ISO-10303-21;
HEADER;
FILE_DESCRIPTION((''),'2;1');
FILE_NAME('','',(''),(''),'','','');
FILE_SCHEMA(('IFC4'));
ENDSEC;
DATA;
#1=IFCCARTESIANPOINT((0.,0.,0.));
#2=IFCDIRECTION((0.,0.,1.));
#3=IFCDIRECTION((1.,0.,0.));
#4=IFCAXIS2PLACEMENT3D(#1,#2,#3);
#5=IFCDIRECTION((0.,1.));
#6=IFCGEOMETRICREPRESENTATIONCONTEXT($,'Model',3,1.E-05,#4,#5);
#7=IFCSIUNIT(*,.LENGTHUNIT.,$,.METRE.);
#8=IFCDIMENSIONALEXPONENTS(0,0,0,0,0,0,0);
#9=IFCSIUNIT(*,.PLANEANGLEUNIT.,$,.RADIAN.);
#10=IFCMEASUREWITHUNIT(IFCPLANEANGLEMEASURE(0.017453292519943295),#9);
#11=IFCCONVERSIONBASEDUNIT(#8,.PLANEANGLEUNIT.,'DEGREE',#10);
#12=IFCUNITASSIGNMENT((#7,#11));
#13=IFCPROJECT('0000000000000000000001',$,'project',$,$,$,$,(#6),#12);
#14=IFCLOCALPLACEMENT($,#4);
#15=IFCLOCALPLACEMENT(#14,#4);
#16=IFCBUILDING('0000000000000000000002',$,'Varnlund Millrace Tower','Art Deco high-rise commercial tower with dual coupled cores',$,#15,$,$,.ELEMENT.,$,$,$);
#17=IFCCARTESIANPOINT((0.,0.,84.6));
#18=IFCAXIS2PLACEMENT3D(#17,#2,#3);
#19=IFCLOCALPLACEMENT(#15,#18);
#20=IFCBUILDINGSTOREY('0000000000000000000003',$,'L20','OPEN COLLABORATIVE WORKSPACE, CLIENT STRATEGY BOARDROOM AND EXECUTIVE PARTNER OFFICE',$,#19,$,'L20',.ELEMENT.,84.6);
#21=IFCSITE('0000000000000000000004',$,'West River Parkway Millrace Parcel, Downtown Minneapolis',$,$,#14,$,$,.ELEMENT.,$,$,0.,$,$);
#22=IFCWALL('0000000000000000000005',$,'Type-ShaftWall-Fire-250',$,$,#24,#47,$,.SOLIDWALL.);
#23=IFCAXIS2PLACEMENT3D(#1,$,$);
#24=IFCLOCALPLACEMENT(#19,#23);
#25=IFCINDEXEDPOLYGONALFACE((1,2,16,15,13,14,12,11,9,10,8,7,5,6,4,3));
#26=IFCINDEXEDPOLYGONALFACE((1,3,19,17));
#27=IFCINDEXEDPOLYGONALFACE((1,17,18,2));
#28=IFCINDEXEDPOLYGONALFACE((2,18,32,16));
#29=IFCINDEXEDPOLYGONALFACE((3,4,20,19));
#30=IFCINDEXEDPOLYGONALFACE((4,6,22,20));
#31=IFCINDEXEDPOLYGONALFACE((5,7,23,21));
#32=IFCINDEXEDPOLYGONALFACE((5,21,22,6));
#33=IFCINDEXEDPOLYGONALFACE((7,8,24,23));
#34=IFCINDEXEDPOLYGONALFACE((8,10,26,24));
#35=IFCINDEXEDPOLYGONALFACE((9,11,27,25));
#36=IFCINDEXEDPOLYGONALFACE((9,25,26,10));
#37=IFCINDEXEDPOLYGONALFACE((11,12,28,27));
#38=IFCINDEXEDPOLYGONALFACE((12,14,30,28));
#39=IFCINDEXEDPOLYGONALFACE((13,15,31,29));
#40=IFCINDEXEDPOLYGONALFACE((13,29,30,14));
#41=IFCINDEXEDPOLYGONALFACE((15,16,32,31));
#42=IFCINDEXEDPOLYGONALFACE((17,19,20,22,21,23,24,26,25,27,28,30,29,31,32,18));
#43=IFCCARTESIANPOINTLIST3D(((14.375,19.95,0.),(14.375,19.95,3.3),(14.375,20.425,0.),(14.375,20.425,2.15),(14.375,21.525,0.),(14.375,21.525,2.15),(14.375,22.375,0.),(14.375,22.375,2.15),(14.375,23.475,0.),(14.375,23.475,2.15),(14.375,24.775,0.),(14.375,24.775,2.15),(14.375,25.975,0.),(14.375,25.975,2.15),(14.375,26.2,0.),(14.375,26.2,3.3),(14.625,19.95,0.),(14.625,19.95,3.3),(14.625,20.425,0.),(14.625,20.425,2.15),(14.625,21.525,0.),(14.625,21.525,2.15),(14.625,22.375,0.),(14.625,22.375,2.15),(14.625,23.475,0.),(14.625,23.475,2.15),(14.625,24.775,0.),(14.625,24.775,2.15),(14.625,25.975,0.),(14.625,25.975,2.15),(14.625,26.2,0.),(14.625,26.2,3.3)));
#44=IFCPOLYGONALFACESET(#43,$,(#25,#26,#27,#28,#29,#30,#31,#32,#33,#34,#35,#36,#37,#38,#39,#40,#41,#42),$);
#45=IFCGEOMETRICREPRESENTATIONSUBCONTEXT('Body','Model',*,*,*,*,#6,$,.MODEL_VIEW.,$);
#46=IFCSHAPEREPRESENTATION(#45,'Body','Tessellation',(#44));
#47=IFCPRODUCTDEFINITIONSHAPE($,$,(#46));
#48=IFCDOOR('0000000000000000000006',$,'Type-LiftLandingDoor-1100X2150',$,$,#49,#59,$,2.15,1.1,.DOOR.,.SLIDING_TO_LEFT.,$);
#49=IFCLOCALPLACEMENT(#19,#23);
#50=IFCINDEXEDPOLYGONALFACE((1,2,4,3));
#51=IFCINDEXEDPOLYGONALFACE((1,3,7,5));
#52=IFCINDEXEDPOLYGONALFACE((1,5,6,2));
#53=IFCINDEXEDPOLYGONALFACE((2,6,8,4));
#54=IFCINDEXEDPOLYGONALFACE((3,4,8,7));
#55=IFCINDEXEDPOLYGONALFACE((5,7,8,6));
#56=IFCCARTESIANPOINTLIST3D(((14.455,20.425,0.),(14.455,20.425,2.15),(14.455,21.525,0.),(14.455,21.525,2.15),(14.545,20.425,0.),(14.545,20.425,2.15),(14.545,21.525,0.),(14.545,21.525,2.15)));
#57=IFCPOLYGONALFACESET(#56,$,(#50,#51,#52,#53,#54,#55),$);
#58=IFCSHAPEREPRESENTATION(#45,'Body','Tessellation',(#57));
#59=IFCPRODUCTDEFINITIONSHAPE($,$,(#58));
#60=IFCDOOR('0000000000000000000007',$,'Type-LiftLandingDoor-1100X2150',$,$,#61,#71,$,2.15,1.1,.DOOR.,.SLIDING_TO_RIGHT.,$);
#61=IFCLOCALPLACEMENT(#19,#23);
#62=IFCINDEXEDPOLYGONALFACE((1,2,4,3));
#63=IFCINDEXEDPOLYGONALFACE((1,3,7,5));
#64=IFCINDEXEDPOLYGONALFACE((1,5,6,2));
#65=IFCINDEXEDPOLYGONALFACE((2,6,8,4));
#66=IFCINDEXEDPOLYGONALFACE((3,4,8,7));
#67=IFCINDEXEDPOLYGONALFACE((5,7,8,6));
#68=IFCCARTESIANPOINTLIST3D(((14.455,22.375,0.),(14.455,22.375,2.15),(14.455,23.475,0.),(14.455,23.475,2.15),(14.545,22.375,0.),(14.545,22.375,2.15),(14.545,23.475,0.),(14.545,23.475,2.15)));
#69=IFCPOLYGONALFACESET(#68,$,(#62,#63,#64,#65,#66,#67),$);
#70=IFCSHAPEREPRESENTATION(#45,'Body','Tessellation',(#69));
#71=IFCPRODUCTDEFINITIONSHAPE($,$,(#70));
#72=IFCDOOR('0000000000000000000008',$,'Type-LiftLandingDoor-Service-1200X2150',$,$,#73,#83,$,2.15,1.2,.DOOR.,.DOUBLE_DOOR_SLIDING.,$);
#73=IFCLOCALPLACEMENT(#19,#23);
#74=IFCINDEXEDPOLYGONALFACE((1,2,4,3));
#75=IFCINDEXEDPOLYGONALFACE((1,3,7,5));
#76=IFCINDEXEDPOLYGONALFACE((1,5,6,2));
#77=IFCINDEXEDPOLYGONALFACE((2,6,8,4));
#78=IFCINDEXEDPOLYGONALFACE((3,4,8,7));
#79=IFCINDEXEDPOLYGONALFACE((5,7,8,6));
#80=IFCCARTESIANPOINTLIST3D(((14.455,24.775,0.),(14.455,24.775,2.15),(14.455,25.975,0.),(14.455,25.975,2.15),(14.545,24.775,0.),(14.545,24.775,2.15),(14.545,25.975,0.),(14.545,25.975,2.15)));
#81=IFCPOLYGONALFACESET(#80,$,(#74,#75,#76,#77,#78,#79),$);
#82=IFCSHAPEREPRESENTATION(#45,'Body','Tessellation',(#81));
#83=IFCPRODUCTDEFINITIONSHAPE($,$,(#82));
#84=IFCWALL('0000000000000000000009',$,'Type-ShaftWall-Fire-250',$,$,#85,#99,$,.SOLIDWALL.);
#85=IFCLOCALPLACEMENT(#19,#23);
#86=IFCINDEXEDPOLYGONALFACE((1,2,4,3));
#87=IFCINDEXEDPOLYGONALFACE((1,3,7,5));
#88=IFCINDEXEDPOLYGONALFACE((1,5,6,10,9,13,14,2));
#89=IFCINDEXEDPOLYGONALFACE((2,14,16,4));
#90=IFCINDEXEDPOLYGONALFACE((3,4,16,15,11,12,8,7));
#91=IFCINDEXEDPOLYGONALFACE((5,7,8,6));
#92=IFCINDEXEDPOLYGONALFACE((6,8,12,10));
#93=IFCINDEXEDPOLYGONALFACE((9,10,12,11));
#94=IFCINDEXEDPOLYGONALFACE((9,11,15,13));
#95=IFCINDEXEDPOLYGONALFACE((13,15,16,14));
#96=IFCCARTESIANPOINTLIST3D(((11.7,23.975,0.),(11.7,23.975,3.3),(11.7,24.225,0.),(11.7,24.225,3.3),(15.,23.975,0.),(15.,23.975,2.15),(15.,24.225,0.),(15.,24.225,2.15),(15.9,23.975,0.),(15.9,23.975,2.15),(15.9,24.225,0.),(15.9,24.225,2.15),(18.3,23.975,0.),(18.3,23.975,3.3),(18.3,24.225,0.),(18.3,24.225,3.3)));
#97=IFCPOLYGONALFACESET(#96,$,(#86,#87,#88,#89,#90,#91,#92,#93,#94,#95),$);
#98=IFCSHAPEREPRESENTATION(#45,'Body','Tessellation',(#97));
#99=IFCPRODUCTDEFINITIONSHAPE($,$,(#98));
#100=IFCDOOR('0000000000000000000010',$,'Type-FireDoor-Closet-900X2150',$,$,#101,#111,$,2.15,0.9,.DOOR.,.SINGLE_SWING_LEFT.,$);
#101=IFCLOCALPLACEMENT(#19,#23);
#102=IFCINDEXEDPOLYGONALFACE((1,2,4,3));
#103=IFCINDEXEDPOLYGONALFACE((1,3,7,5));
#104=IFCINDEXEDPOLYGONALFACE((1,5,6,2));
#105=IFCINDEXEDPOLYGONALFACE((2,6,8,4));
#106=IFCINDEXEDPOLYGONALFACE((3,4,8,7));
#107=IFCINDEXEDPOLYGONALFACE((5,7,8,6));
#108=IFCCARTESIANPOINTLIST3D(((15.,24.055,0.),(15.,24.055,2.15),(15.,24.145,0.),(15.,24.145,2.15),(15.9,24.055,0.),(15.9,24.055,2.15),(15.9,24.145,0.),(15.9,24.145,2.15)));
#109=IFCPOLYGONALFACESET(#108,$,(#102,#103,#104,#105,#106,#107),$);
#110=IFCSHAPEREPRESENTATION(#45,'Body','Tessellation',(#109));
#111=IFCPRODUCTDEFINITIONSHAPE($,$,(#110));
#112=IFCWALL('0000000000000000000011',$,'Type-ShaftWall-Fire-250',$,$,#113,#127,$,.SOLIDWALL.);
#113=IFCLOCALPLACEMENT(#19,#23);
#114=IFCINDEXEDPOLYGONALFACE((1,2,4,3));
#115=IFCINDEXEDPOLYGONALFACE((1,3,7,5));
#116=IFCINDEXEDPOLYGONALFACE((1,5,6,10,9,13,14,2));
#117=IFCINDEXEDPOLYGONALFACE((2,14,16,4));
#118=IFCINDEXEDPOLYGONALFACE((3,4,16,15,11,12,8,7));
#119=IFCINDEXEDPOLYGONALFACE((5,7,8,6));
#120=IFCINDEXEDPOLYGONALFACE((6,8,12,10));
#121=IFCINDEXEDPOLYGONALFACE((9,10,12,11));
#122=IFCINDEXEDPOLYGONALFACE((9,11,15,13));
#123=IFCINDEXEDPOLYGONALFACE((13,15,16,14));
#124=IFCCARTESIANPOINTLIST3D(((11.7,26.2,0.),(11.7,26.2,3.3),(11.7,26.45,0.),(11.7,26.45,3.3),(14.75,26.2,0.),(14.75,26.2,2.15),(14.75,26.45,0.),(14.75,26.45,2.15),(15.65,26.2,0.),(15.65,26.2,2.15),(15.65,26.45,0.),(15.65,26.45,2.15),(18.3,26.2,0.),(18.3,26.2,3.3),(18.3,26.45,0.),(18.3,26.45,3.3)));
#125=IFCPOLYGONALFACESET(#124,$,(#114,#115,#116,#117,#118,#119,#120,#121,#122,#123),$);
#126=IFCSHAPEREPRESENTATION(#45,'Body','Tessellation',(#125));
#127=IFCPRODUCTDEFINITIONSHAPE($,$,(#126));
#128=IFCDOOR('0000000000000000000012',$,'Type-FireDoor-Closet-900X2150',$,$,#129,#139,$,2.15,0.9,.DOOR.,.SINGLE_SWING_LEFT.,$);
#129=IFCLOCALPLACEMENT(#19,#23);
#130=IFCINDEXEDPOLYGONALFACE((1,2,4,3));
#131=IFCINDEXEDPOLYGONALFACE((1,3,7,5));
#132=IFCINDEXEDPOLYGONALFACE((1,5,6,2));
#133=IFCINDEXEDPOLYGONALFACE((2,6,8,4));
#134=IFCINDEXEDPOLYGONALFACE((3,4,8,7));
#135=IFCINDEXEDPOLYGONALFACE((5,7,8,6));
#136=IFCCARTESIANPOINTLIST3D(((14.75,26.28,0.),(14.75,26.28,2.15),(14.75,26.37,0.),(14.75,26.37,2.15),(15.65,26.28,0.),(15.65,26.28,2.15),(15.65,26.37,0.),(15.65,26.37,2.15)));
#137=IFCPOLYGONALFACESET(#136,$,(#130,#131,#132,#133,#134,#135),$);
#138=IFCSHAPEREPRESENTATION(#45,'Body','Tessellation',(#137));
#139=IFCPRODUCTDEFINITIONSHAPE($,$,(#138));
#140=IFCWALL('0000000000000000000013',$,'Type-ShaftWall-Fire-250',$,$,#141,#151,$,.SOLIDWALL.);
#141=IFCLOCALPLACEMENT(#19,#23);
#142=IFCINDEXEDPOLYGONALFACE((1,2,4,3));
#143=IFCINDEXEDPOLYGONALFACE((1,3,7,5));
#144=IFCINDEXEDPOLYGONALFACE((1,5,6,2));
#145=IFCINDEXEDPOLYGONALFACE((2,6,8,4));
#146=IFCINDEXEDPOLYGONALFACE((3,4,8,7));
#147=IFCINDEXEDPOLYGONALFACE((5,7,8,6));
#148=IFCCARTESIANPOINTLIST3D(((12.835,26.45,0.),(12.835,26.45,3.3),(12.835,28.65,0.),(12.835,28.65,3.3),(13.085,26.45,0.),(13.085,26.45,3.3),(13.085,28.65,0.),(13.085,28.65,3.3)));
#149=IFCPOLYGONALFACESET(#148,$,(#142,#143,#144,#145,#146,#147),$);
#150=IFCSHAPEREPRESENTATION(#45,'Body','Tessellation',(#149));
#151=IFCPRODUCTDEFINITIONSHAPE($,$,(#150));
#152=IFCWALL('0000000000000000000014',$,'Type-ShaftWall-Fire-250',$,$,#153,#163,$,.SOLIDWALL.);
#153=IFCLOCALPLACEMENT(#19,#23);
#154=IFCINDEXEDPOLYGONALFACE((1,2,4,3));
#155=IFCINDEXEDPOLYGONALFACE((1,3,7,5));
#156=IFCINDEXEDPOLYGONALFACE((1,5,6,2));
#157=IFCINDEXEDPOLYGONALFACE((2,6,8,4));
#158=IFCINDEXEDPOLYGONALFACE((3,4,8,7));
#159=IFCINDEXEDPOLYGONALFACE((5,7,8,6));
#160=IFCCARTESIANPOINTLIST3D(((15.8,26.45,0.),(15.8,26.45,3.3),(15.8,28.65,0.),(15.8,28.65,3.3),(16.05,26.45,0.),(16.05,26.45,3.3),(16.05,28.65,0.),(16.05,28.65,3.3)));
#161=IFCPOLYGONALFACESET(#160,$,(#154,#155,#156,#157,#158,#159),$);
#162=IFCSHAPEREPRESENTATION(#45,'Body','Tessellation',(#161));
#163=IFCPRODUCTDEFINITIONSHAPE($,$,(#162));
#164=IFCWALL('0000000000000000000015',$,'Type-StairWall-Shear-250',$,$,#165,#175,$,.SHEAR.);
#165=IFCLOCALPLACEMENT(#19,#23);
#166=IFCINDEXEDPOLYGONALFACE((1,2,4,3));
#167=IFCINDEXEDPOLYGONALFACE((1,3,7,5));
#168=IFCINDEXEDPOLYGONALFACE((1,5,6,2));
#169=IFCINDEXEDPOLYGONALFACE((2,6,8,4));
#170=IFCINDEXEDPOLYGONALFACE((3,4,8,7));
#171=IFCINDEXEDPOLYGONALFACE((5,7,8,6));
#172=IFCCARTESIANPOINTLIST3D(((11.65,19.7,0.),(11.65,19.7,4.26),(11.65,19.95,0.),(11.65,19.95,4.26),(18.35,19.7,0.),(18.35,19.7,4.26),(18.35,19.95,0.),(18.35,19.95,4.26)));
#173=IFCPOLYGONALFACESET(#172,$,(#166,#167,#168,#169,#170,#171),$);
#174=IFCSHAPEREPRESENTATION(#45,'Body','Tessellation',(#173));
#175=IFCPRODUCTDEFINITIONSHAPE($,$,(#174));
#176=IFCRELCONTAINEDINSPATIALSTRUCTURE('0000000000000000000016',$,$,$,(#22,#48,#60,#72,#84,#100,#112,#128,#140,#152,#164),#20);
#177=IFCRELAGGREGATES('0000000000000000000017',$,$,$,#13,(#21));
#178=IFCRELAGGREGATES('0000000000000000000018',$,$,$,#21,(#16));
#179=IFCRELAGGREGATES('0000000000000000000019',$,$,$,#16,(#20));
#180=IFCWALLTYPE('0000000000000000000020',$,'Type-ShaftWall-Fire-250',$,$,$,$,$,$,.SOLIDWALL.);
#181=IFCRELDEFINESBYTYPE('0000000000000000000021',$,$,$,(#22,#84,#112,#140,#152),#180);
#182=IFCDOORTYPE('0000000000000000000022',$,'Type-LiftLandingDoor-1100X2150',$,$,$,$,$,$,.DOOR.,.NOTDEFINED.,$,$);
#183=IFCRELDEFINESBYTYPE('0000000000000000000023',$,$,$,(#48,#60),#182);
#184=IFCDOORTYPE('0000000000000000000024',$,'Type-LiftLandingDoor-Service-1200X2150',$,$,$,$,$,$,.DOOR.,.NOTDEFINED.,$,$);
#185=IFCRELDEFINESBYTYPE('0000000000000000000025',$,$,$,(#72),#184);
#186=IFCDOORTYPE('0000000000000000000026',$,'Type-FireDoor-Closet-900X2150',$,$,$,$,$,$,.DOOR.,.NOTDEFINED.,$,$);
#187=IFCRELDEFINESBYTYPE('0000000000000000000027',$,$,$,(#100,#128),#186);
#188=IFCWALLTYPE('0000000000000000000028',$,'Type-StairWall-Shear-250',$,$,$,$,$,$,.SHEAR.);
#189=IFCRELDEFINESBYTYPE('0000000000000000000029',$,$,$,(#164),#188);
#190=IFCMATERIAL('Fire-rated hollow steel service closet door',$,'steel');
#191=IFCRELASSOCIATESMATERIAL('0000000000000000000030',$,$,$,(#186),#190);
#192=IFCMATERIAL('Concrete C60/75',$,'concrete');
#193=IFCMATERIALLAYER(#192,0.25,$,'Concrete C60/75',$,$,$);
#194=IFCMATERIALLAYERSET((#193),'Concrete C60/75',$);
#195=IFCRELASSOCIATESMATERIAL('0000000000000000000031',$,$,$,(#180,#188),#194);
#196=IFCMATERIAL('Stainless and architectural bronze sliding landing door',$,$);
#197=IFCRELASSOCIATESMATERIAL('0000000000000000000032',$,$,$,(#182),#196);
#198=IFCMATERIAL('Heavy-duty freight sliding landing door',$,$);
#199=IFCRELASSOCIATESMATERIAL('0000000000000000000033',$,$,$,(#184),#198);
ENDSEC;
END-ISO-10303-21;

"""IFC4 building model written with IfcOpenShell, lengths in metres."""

from ifc_helpers import new_model, entity, si_unit, converted_unit, direction, frame, origin_with_axes, origin_2d_with_axis, place, context, subcontext, project, spatial, polyline, rectangle, outline, extrude, material, layer, layer_set, type_object, element, fill, save


model = new_model("IFC4")

# Units and contexts
model_context = context("Model", 3, precision=1e-05, world=origin_with_axes(), true_north=direction((0.0, 1.0)))
body_context = subcontext(model_context, "Body", "Model", "MODEL_VIEW")
ifc_project = project(units=[si_unit("LENGTHUNIT", "METRE"), converted_unit("PLANEANGLEUNIT", "DEGREE", entity("IfcPlaneAngleMeasure", 0.017453292519943295), si_unit("PLANEANGLEUNIT", "RADIAN"), dimensions=[0, 0, 0, 0, 0, 0, 0])], contexts=[model_context])

# Site, building, storey
site_placement = place(None, origin_with_axes())
site = spatial("IfcSite", under=ifc_project, at=site_placement, Name="West River Parkway Millrace Parcel, Downtown Minneapolis", CompositionType="ELEMENT", RefElevation=0.0)
building_placement = place(site_placement, origin_with_axes())
building = spatial("IfcBuilding", under=site, at=building_placement, Name="Varnlund Millrace Tower", Description="Art Deco high-rise commercial tower with dual coupled cores", CompositionType="ELEMENT")
storey_placement = place(building_placement, frame((0.0, 0.0, 84.6), z_axis=(0.0, 0.0, 1.0), x_axis=(1.0, 0.0, 0.0)))
storey = spatial("IfcBuildingStorey", under=building, at=storey_placement, Name="L20", Description="OPEN COLLABORATIVE WORKSPACE, CLIENT STRATEGY BOARDROOM AND EXECUTIVE PARTNER OFFICE", LongName="L20", CompositionType="ELEMENT", Elevation=84.6)

# Wall, openings, doors
ifc_material_1 = material(Name="Fire-rated hollow steel service closet door", Category="steel")
door_type_1 = type_object("IfcDoorType", Name="Type-FireDoor-Closet-900X2150", OperationType="NOTDEFINED", PredefinedType="DOOR", material=ifc_material_1)
ifc_material_2 = material(Name="Concrete C60/75", Category="concrete")
ifc_layer_1 = layer(ifc_material_2, 0.25, Name="Concrete C60/75")
ifc_layer_set_1 = layer_set([ifc_layer_1], Name="Concrete C60/75")
wall_type_1 = type_object("IfcWallType", Name="Type-ShaftWall-Fire-250", PredefinedType="SOLIDWALL", material=ifc_layer_set_1)
wall_1_placement = place(storey_placement, frame((14.5, 19.95, 0.0), z_axis=(0.0, 0.0, 1.0), x_axis=(0.0, 1.0, 0.0)))
wall_1 = element("IfcWall", 1, at=wall_1_placement, inside=storey, type_object=wall_type_1, Name="Type-ShaftWall-Fire-250", PredefinedType="SOLIDWALL", context=body_context, shape_type="SweptSolid", body=[
    extrude(outline(polyline([(0.0, -0.125), (6.25, -0.125), (6.25, 0.125), (0.0, 0.125), (0.0, -0.125)])), origin_with_axes(), (0.0, 0.0, 1.0), 3.3),
])
opening_1_placement = place(wall_1_placement, frame((1.025, 0.0, 0.0), z_axis=(0.0, 0.0, 1.0), x_axis=(1.0, 0.0, 0.0)))
opening_1 = element("IfcOpeningElement", 2, at=opening_1_placement, cuts=wall_1, PredefinedType="OPENING", context=body_context, shape_type="SweptSolid", body=[
    extrude(rectangle(XDim=1.1, YDim=0.27, at=origin_2d_with_axis()), origin_with_axes(), (0.0, 0.0, 1.0), 2.15),
])
opening_2_placement = place(wall_1_placement, frame((2.975, 0.0, 0.0), z_axis=(0.0, 0.0, 1.0), x_axis=(1.0, 0.0, 0.0)))
opening_2 = element("IfcOpeningElement", 3, at=opening_2_placement, cuts=wall_1, PredefinedType="OPENING", context=body_context, shape_type="SweptSolid", body=[
    extrude(rectangle(XDim=1.1, YDim=0.27, at=origin_2d_with_axis()), origin_with_axes(), (0.0, 0.0, 1.0), 2.15),
])
opening_3_placement = place(wall_1_placement, frame((5.425, 0.0, 0.0), z_axis=(0.0, 0.0, 1.0), x_axis=(1.0, 0.0, 0.0)))
opening_3 = element("IfcOpeningElement", 4, at=opening_3_placement, cuts=wall_1, PredefinedType="OPENING", context=body_context, shape_type="SweptSolid", body=[
    extrude(rectangle(XDim=1.2, YDim=0.27, at=origin_2d_with_axis()), origin_with_axes(), (0.0, 0.0, 1.0), 2.15),
])
ifc_material_3 = material(Name="Stainless and architectural bronze sliding landing door")
door_type_2 = type_object("IfcDoorType", Name="Type-LiftLandingDoor-1100X2150", OperationType="NOTDEFINED", PredefinedType="DOOR", material=ifc_material_3)
door_1_placement = place(wall_1_placement, frame((1.025, 0.0, 0.0), z_axis=(0.0, 0.0, 1.0), x_axis=(1.0, 0.0, 0.0)))
door_1 = element("IfcDoor", 5, at=door_1_placement, inside=storey, type_object=door_type_2, Name="Type-LiftLandingDoor-1100X2150", OperationType="SLIDING_TO_LEFT", OverallHeight=2.15, OverallWidth=1.1, PredefinedType="DOOR", context=body_context, shape_type="SweptSolid", body=[
    extrude(rectangle(XDim=1.1, YDim=0.09, at=origin_2d_with_axis()), origin_with_axes(), (0.0, 0.0, 1.0), 2.15),
])
fill(opening_1, door_1)
door_2_placement = place(wall_1_placement, frame((2.975, 0.0, 0.0), z_axis=(0.0, 0.0, 1.0), x_axis=(1.0, 0.0, 0.0)))
door_2 = element("IfcDoor", 6, at=door_2_placement, inside=storey, type_object=door_type_2, Name="Type-LiftLandingDoor-1100X2150", OperationType="SLIDING_TO_RIGHT", OverallHeight=2.15, OverallWidth=1.1, PredefinedType="DOOR", context=body_context, shape_type="SweptSolid", body=[
    extrude(rectangle(XDim=1.1, YDim=0.09, at=origin_2d_with_axis()), origin_with_axes(), (0.0, 0.0, 1.0), 2.15),
])
fill(opening_2, door_2)
ifc_material_4 = material(Name="Heavy-duty freight sliding landing door")
door_type_3 = type_object("IfcDoorType", Name="Type-LiftLandingDoor-Service-1200X2150", OperationType="NOTDEFINED", PredefinedType="DOOR", material=ifc_material_4)
door_3_placement = place(wall_1_placement, frame((5.425, 0.0, 0.0), z_axis=(0.0, 0.0, 1.0), x_axis=(1.0, 0.0, 0.0)))
door_3 = element("IfcDoor", 7, at=door_3_placement, inside=storey, type_object=door_type_3, Name="Type-LiftLandingDoor-Service-1200X2150", OperationType="DOUBLE_DOOR_SLIDING", OverallHeight=2.15, OverallWidth=1.2, PredefinedType="DOOR", context=body_context, shape_type="SweptSolid", body=[
    extrude(rectangle(XDim=1.2, YDim=0.09, at=origin_2d_with_axis()), origin_with_axes(), (0.0, 0.0, 1.0), 2.15),
])
fill(opening_3, door_3)

# Walls, openings, doors
wall_2_placement = place(storey_placement, frame((11.7, 24.1, 0.0), z_axis=(0.0, 0.0, 1.0), x_axis=(1.0, 0.0, 0.0)))
wall_2 = element("IfcWall", 8, at=wall_2_placement, inside=storey, type_object=wall_type_1, Name="Type-ShaftWall-Fire-250", PredefinedType="SOLIDWALL", context=body_context, shape_type="SweptSolid", body=[
    extrude(outline(polyline([(0.0, -0.125), (6.6, -0.125), (6.6, 0.125), (0.0, 0.125), (0.0, -0.125)])), origin_with_axes(), (0.0, 0.0, 1.0), 3.3),
])
opening_4_placement = place(wall_2_placement, frame((3.75, 0.0, 0.0), z_axis=(0.0, 0.0, 1.0), x_axis=(1.0, 0.0, 0.0)))
opening_4 = element("IfcOpeningElement", 9, at=opening_4_placement, cuts=wall_2, PredefinedType="OPENING", context=body_context, shape_type="SweptSolid", body=[
    extrude(rectangle(XDim=0.9, YDim=0.27, at=origin_2d_with_axis()), origin_with_axes(), (0.0, 0.0, 1.0), 2.15),
])
door_4_placement = place(wall_2_placement, frame((3.75, 0.0, 0.0), z_axis=(0.0, 0.0, 1.0), x_axis=(1.0, 0.0, 0.0)))
door_4 = element("IfcDoor", 10, at=door_4_placement, inside=storey, type_object=door_type_1, Name="Type-FireDoor-Closet-900X2150", OperationType="SINGLE_SWING_LEFT", OverallHeight=2.15, OverallWidth=0.9, PredefinedType="DOOR", context=body_context, shape_type="SweptSolid", body=[
    extrude(rectangle(XDim=0.9, YDim=0.09, at=origin_2d_with_axis()), origin_with_axes(), (0.0, 0.0, 1.0), 2.15),
])
fill(opening_4, door_4)
wall_3_placement = place(storey_placement, frame((11.7, 26.325, 0.0), z_axis=(0.0, 0.0, 1.0), x_axis=(1.0, 0.0, 0.0)))
wall_3 = element("IfcWall", 11, at=wall_3_placement, inside=storey, type_object=wall_type_1, Name="Type-ShaftWall-Fire-250", PredefinedType="SOLIDWALL", context=body_context, shape_type="SweptSolid", body=[
    extrude(outline(polyline([(0.0, -0.125), (6.6, -0.125), (6.6, 0.125), (0.0, 0.125), (0.0, -0.125)])), origin_with_axes(), (0.0, 0.0, 1.0), 3.3),
])
opening_5_placement = place(wall_3_placement, frame((3.5, 0.0, 0.0), z_axis=(0.0, 0.0, 1.0), x_axis=(1.0, 0.0, 0.0)))
opening_5 = element("IfcOpeningElement", 12, at=opening_5_placement, cuts=wall_3, PredefinedType="OPENING", context=body_context, shape_type="SweptSolid", body=[
    extrude(rectangle(XDim=0.9, YDim=0.27, at=origin_2d_with_axis()), origin_with_axes(), (0.0, 0.0, 1.0), 2.15),
])
door_5_placement = place(wall_3_placement, frame((3.5, 0.0, 0.0), z_axis=(0.0, 0.0, 1.0), x_axis=(1.0, 0.0, 0.0)))
door_5 = element("IfcDoor", 13, at=door_5_placement, inside=storey, type_object=door_type_1, Name="Type-FireDoor-Closet-900X2150", OperationType="SINGLE_SWING_LEFT", OverallHeight=2.15, OverallWidth=0.9, PredefinedType="DOOR", context=body_context, shape_type="SweptSolid", body=[
    extrude(rectangle(XDim=0.9, YDim=0.09, at=origin_2d_with_axis()), origin_with_axes(), (0.0, 0.0, 1.0), 2.15),
])
fill(opening_5, door_5)

# Walls
for number, where, z_axis, x_axis, name in (
    (14, (12.96, 26.45, 0.0), (0.0, 0.0, 1.0), (0.0, 1.0, 0.0), "Type-ShaftWall-Fire-250"),
    (15, (15.925, 26.45, 0.0), (0.0, 0.0, 1.0), (0.0, 1.0, 0.0), "Type-ShaftWall-Fire-250"),
):
    element("IfcWall", number, at=place(storey_placement, frame(where, z_axis=z_axis, x_axis=x_axis)), inside=storey, type_object=wall_type_1, Name=name, PredefinedType="SOLIDWALL", context=body_context, shape_type="SweptSolid", body=[
        extrude(outline(polyline([(0.0, -0.125), (2.2, -0.125), (2.2, 0.125), (0.0, 0.125), (0.0, -0.125)])), origin_with_axes(), (0.0, 0.0, 1.0), 3.3),
    ])
wall_type_2 = type_object("IfcWallType", Name="Type-StairWall-Shear-250", PredefinedType="SHEAR", material=ifc_layer_set_1)
wall_4_placement = place(storey_placement, frame((11.65, 19.825, 0.0), z_axis=(0.0, 0.0, 1.0), x_axis=(1.0, 0.0, 0.0)))
element("IfcWall", 16, at=wall_4_placement, inside=storey, type_object=wall_type_2, Name="Type-StairWall-Shear-250", PredefinedType="SHEAR", context=body_context, shape_type="SweptSolid", body=[
    extrude(outline(polyline([(0.0, -0.125), (6.7, -0.125), (6.7, 0.125), (0.0, 0.125), (0.0, -0.125)])), origin_with_axes(), (0.0, 0.0, 1.0), 4.26),
])

save(model, "model.ifc")
